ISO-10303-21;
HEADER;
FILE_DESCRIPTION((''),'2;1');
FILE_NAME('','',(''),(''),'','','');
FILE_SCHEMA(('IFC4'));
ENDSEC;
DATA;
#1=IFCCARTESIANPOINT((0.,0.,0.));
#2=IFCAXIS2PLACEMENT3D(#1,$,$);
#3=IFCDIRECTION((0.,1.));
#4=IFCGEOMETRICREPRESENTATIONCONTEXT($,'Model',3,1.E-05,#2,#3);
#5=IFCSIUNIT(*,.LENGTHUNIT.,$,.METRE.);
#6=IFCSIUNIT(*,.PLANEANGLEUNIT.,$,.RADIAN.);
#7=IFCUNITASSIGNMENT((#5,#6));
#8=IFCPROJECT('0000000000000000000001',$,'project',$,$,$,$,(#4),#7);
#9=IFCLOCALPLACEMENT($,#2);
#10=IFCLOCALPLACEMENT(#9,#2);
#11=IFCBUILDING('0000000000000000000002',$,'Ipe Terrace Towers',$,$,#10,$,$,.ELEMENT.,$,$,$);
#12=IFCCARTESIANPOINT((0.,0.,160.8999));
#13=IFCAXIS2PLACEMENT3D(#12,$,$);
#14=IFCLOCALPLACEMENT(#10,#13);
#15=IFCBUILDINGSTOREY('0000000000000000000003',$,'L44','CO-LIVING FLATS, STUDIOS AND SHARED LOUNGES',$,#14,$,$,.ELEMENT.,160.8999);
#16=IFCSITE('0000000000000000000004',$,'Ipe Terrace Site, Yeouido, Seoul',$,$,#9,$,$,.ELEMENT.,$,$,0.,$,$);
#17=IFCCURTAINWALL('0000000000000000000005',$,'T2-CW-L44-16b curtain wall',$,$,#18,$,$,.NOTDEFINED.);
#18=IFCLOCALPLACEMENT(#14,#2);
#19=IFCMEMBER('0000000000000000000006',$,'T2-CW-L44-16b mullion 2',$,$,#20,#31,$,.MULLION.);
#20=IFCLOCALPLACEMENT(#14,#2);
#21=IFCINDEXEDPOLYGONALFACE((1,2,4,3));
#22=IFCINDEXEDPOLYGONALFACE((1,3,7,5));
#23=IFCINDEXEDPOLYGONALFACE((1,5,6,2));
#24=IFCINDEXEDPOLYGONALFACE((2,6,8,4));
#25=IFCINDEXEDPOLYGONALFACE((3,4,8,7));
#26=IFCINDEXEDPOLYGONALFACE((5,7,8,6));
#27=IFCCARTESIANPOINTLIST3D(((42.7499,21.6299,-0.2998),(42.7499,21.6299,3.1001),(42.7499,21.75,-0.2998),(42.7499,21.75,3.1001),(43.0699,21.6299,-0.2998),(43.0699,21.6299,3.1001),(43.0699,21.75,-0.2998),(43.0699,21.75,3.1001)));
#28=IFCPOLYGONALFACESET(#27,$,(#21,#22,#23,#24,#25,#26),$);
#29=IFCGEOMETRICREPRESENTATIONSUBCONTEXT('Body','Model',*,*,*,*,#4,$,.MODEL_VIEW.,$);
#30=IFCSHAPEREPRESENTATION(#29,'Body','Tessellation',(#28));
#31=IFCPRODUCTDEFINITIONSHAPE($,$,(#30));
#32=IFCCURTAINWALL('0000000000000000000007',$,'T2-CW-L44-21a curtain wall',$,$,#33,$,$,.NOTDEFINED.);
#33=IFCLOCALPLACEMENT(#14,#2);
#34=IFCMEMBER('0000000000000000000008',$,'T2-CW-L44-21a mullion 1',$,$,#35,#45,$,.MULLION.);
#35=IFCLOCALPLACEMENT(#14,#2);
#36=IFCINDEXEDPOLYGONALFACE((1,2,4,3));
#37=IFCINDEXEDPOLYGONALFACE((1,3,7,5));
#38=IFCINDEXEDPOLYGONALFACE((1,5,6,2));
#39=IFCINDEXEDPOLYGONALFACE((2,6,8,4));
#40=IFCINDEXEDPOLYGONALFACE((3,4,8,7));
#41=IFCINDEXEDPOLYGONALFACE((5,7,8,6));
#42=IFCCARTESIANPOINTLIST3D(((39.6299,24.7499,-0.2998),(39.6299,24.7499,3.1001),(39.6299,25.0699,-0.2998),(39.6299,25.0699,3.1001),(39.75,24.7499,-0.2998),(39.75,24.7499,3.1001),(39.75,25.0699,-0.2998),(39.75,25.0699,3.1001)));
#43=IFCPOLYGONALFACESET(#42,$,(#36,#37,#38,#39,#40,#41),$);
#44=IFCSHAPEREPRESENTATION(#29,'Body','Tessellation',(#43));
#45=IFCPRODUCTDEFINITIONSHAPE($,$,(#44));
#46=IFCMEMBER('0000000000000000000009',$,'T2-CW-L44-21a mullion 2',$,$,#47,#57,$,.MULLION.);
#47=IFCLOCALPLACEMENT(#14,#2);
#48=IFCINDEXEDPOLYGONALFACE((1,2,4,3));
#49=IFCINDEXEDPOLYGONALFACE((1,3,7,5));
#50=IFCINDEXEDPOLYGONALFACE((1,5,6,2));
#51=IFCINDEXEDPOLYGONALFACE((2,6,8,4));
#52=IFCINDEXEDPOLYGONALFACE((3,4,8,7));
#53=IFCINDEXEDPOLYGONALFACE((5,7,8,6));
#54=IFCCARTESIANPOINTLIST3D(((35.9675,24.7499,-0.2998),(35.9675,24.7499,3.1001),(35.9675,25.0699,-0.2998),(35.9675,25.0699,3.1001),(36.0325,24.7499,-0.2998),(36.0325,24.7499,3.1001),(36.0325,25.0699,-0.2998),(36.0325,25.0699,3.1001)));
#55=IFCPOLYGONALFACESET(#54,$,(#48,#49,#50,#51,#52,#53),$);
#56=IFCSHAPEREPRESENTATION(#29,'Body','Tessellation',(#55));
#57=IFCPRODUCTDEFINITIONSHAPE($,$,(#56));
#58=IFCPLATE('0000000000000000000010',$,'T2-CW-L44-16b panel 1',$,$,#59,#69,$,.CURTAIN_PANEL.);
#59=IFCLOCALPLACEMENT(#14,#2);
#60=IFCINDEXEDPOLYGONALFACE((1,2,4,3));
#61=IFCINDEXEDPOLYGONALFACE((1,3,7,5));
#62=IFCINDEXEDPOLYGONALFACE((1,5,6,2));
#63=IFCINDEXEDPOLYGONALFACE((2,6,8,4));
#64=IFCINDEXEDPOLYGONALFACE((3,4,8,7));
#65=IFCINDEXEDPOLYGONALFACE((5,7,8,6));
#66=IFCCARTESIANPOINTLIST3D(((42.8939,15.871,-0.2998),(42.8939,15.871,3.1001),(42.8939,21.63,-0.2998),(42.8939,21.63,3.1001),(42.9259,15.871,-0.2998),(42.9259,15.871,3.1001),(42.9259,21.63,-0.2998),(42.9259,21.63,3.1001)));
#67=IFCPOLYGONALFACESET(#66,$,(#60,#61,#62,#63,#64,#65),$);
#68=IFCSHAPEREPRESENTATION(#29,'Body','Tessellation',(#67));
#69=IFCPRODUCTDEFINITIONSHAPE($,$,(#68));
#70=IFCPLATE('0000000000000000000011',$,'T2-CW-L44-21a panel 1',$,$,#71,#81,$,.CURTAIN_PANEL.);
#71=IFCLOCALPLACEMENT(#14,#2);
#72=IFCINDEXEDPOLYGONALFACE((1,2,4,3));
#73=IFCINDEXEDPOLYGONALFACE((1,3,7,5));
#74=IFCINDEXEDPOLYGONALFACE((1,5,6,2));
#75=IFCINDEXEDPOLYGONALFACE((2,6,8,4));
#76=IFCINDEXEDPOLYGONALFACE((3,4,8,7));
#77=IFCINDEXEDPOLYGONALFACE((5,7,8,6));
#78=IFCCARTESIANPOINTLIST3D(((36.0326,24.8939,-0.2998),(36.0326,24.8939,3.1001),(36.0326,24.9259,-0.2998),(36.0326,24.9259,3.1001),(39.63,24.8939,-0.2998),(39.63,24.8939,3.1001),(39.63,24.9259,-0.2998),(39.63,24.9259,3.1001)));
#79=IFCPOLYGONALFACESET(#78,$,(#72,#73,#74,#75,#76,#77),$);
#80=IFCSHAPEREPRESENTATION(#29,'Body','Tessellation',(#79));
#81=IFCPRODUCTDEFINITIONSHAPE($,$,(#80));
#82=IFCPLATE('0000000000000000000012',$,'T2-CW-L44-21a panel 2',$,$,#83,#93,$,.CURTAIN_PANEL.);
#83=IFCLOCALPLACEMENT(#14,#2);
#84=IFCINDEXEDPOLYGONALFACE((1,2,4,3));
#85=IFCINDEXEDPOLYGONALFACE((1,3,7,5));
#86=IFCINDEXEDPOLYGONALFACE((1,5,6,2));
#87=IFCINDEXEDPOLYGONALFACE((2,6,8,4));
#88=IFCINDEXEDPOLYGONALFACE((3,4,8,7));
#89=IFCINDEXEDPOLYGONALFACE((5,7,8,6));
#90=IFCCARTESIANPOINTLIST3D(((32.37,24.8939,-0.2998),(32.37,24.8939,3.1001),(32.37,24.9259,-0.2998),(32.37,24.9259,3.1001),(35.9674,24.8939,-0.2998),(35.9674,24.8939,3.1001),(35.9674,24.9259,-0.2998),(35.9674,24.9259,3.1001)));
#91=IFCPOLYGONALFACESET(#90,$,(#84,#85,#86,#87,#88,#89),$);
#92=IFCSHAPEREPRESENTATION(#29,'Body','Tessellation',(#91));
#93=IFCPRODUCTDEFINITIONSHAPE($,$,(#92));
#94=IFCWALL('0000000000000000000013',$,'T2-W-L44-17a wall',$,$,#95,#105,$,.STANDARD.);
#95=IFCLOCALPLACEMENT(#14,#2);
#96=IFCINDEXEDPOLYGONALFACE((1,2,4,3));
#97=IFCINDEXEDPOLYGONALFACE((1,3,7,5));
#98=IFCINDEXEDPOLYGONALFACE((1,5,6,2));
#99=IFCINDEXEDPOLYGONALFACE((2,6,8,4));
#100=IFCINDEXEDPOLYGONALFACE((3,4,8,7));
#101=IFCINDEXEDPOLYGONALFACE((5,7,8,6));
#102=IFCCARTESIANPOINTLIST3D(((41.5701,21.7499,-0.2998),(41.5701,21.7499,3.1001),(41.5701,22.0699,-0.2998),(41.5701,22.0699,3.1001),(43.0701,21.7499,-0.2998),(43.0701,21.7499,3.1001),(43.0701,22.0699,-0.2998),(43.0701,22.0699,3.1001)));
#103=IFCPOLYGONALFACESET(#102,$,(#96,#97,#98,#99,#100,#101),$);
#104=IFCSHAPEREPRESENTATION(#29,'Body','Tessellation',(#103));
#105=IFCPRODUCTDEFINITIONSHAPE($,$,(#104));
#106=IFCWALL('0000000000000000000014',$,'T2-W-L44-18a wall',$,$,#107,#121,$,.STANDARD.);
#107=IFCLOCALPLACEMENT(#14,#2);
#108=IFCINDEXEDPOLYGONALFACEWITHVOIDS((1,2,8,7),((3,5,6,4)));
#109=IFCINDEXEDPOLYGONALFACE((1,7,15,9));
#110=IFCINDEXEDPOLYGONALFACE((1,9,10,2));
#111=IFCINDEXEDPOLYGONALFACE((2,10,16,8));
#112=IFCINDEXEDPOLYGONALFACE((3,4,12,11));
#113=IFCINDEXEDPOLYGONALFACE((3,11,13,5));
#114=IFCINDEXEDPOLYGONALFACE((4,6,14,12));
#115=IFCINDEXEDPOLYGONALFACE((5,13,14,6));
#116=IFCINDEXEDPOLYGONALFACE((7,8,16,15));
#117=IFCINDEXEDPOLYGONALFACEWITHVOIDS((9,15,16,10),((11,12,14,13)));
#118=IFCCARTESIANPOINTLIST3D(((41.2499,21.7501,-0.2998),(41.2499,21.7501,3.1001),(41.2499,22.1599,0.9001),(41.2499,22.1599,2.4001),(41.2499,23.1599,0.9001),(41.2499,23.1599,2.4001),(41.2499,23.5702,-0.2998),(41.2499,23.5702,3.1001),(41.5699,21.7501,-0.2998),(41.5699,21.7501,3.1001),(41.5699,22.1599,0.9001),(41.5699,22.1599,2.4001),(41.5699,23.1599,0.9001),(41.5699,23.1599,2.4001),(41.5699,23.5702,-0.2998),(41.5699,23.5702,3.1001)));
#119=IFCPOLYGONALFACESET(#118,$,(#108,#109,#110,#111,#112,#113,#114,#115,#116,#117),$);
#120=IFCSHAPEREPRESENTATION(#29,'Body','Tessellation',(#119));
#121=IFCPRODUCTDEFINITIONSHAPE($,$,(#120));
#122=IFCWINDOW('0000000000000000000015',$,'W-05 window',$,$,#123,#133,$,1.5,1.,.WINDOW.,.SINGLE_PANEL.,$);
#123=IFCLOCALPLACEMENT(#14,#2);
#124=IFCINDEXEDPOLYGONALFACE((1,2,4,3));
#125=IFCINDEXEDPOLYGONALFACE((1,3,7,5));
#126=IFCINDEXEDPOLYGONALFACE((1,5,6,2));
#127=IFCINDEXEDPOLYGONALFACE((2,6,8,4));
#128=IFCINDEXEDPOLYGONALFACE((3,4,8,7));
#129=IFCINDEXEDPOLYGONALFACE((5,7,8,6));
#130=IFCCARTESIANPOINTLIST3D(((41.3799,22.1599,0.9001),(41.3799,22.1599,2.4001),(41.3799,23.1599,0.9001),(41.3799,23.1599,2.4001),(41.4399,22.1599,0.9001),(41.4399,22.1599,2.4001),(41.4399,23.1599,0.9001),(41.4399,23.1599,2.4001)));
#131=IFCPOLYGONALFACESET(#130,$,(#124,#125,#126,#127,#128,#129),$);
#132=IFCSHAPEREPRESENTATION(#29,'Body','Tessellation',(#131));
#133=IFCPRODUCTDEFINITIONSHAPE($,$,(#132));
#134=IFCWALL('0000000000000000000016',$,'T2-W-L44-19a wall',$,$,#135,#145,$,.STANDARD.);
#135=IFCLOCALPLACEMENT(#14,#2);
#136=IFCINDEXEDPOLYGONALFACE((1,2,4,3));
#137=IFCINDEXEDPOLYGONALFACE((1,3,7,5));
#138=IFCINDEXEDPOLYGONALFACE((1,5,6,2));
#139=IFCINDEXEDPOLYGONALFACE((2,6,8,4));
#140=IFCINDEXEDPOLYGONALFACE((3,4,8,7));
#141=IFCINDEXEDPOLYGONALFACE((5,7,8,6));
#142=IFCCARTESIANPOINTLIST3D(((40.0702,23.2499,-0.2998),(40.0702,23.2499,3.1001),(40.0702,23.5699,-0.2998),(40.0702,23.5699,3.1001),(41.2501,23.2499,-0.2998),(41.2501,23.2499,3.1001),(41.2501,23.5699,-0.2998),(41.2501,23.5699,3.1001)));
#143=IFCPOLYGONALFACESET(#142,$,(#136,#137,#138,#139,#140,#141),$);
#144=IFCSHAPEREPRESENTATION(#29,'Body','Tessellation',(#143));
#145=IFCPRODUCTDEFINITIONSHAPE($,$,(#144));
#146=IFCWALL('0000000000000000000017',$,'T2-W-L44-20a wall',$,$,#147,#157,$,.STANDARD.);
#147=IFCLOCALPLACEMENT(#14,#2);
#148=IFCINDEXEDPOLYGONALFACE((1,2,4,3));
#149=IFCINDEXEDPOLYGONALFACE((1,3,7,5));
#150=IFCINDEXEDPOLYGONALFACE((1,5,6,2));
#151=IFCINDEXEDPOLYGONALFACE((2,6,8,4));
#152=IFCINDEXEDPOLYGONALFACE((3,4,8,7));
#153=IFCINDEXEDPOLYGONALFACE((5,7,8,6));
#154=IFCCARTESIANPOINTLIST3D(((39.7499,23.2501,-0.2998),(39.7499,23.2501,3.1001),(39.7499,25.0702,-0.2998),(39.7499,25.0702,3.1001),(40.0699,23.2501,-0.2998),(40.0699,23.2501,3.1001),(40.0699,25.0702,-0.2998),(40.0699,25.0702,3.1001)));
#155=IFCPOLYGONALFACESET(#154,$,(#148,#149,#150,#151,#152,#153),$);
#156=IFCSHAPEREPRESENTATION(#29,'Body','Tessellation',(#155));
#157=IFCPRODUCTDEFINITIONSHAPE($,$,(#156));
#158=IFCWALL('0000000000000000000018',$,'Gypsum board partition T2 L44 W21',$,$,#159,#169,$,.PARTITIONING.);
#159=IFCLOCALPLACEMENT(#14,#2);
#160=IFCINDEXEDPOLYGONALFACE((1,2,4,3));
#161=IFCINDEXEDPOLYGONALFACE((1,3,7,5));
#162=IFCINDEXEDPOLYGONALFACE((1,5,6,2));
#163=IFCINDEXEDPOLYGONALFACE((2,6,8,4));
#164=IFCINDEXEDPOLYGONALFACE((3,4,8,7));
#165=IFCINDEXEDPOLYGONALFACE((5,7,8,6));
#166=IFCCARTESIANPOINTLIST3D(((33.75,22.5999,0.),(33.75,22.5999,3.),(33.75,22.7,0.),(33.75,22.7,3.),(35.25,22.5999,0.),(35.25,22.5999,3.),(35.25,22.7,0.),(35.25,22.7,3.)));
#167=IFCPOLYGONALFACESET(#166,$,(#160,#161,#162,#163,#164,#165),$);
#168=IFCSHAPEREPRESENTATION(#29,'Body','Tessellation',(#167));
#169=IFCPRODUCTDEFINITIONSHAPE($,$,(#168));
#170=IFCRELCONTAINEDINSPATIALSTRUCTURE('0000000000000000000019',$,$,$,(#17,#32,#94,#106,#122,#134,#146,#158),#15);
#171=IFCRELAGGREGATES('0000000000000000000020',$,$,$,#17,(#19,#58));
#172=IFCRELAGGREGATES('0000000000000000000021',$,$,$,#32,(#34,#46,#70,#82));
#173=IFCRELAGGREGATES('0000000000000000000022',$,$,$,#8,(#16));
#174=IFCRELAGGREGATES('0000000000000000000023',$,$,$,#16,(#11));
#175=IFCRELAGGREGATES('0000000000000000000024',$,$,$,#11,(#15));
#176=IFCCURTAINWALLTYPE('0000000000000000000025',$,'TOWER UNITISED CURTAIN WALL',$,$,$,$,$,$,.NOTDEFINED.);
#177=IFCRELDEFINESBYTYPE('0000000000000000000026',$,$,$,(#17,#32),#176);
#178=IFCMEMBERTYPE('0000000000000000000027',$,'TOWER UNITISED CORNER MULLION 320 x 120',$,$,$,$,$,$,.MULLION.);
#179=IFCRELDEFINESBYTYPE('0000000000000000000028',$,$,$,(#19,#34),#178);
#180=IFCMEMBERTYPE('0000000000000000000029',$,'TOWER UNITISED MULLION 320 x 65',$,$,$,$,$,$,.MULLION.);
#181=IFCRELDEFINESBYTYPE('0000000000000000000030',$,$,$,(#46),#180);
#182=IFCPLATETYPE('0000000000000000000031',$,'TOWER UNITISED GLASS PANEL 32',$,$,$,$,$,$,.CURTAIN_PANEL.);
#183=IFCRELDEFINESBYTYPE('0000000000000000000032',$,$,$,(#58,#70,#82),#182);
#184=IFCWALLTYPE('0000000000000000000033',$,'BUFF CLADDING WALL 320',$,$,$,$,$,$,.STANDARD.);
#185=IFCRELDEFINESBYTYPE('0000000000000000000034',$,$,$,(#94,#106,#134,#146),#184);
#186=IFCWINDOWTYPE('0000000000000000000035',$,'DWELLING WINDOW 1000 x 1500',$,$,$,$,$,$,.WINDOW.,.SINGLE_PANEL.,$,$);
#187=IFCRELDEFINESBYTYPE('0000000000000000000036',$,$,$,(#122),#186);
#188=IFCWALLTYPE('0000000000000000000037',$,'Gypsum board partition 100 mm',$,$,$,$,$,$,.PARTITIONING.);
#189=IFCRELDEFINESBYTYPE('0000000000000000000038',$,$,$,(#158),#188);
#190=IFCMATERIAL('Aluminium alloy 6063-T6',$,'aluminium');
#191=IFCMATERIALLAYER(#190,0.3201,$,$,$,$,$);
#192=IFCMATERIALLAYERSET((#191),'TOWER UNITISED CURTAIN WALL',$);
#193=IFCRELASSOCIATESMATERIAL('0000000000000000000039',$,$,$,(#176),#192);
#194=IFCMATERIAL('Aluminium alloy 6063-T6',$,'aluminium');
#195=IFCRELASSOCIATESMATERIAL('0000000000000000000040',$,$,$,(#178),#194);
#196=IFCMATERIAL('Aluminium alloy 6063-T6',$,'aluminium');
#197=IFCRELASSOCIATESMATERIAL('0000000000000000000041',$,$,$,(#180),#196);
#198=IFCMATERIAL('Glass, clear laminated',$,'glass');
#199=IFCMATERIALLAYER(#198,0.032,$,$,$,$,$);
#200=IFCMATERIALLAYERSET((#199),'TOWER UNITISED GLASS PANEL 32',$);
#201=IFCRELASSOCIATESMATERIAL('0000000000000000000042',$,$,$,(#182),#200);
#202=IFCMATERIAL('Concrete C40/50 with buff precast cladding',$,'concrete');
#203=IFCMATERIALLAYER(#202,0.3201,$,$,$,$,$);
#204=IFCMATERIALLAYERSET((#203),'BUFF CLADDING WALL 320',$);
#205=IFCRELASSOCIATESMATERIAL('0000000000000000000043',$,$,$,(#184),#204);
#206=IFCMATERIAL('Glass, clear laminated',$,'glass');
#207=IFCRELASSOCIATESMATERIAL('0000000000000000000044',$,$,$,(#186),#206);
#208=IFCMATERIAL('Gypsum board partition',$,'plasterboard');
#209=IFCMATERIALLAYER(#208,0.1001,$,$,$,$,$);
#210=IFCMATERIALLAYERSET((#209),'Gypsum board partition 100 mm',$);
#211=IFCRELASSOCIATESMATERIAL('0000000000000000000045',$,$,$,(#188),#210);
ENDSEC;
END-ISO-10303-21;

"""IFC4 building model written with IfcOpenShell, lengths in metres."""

from ifc_helpers import new_model, si_unit, direction, frame, frame_2d, origin, origin_2d, place, context, subcontext, project, spatial, rectangle, extrude, material, layer, layer_set, material_profile, profile_set, type_object, element, fill, aggregate, save


model = new_model("IFC4")

# Units and contexts
model_context = context("Model", 3, precision=1e-05, world=origin(), true_north=direction((0.0, 1.0)))
body_context = subcontext(model_context, "Body", "Model", "MODEL_VIEW")
ifc_project = project(units=[si_unit("LENGTHUNIT", "METRE"), si_unit("PLANEANGLEUNIT", "RADIAN")], contexts=[model_context])

# Site, building, storey
site_placement = place(None, origin())
site = spatial("IfcSite", under=ifc_project, at=site_placement, Name="Ipe Terrace Site, Yeouido, Seoul", CompositionType="ELEMENT", RefElevation=0.0)
building_placement = place(site_placement, origin())
building = spatial("IfcBuilding", under=site, at=building_placement, Name="Ipe Terrace Towers", CompositionType="ELEMENT")
storey_placement = place(building_placement, frame((0.0, 0.0, 160.8999)))
storey = spatial("IfcBuildingStorey", under=building, at=storey_placement, Name="L44", Description="CO-LIVING FLATS, STUDIOS AND SHARED LOUNGES", CompositionType="ELEMENT", Elevation=160.8999)

# Curtain walls, members
ifc_material_1 = material(Name="Aluminium alloy 6063-T6", Category="aluminium")
ifc_layer_1 = layer(ifc_material_1, 0.3201)
ifc_layer_set_1 = layer_set([ifc_layer_1], Name="TOWER UNITISED CURTAIN WALL")
curtain_wall_type = type_object("IfcCurtainWallType", Name="TOWER UNITISED CURTAIN WALL", PredefinedType="NOTDEFINED", material=ifc_layer_set_1)
curtain_wall_1_placement = place(storey_placement, origin())
curtain_wall_1 = element("IfcCurtainWall", 1, at=curtain_wall_1_placement, inside=storey, type_object=curtain_wall_type, Name="T2-CW-L44-16b curtain wall", PredefinedType="NOTDEFINED")
ifc_material_2 = material(Name="Aluminium alloy 6063-T6", Category="aluminium")
ifc_material_profile_1 = material_profile(ifc_material_2, rectangle(XDim=0.3201, YDim=0.1201, at=origin_2d()), Name="TOWER UNITISED CORNER MULLION 320 x 120")
ifc_profile_set_1 = profile_set([ifc_material_profile_1], Name="Aluminium alloy 6063-T6")
member_type_1 = type_object("IfcMemberType", Name="TOWER UNITISED CORNER MULLION 320 x 120", PredefinedType="MULLION", material=ifc_profile_set_1)
member_1_placement = place(storey_placement, frame((42.9099, 21.6899, -0.2998), z_axis=(0.0, 0.0, 1.0), x_axis=(1.0, 0.0, 0.0)))
member_1 = element("IfcMember", 2, at=member_1_placement, type_object=member_type_1, Name="T2-CW-L44-16b mullion 2", PredefinedType="MULLION", context=body_context, shape_type="SweptSolid", body=[
    extrude(rectangle(XDim=0.3201, YDim=0.1201, at=origin_2d()), origin(), (0.0, 0.0, 1.0), 3.3999),
])
curtain_wall_2_placement = place(storey_placement, origin())
curtain_wall_2 = element("IfcCurtainWall", 3, at=curtain_wall_2_placement, inside=storey, type_object=curtain_wall_type, Name="T2-CW-L44-21a curtain wall", PredefinedType="NOTDEFINED")
member_2_placement = place(storey_placement, frame((39.6899, 24.9099, -0.2998), z_axis=(0.0, 0.0, 1.0), x_axis=(0.0, 1.0, 0.0)))
member_2 = element("IfcMember", 4, at=member_2_placement, type_object=member_type_1, Name="T2-CW-L44-21a mullion 1", PredefinedType="MULLION", context=body_context, shape_type="SweptSolid", body=[
    extrude(rectangle(XDim=0.3201, YDim=0.1201, at=origin_2d()), origin(), (0.0, 0.0, 1.0), 3.3999),
])
ifc_material_3 = material(Name="Aluminium alloy 6063-T6", Category="aluminium")
ifc_material_profile_2 = material_profile(ifc_material_3, rectangle(XDim=0.3201, YDim=0.0649, at=origin_2d()), Name="TOWER UNITISED MULLION 320 x 65")
ifc_profile_set_2 = profile_set([ifc_material_profile_2], Name="Aluminium alloy 6063-T6")
member_type_2 = type_object("IfcMemberType", Name="TOWER UNITISED MULLION 320 x 65", PredefinedType="MULLION", material=ifc_profile_set_2)
member_3_placement = place(storey_placement, frame((36.0, 24.9099, -0.2998), z_axis=(0.0, 0.0, 1.0), x_axis=(0.0, 1.0, 0.0)))
member_3 = element("IfcMember", 5, at=member_3_placement, type_object=member_type_2, Name="T2-CW-L44-21a mullion 2", PredefinedType="MULLION", context=body_context, shape_type="SweptSolid", body=[
    extrude(rectangle(XDim=0.3201, YDim=0.0649, at=origin_2d()), origin(), (0.0, 0.0, 1.0), 3.3999),
])

# Plates
ifc_material_4 = material(Name="Glass, clear laminated", Category="glass")
ifc_layer_2 = layer(ifc_material_4, 0.032)
ifc_layer_set_2 = layer_set([ifc_layer_2], Name="TOWER UNITISED GLASS PANEL 32")
plate_type = type_object("IfcPlateType", Name="TOWER UNITISED GLASS PANEL 32", PredefinedType="CURTAIN_PANEL", material=ifc_layer_set_2)
plate_1_placement = place(storey_placement, frame((42.9099, 18.7505, -0.2998), z_axis=(0.0, 0.0, 1.0), x_axis=(0.0, 1.0, 0.0)))
plate_1 = element("IfcPlate", 6, at=plate_1_placement, type_object=plate_type, Name="T2-CW-L44-16b panel 1", PredefinedType="CURTAIN_PANEL", context=body_context, shape_type="SweptSolid", body=[
    extrude(rectangle(XDim=5.759, YDim=0.032, at=origin_2d()), origin(), (0.0, 0.0, 1.0), 3.3999),
])
aggregate(curtain_wall_1, [member_1, plate_1])
plate_2_placement = place(storey_placement, frame((37.8313, 24.9099, -0.2998), z_axis=(0.0, 0.0, 1.0), x_axis=(-1.0, 0.0, 0.0)))
plate_2 = element("IfcPlate", 7, at=plate_2_placement, type_object=plate_type, Name="T2-CW-L44-21a panel 1", PredefinedType="CURTAIN_PANEL", context=body_context, shape_type="SweptSolid", body=[
    extrude(rectangle(XDim=3.5974, YDim=0.032, at=origin_2d()), origin(), (0.0, 0.0, 1.0), 3.3999),
])
plate_3_placement = place(storey_placement, frame((34.1687, 24.9099, -0.2998), z_axis=(0.0, 0.0, 1.0), x_axis=(-1.0, 0.0, 0.0)))
plate_3 = element("IfcPlate", 8, at=plate_3_placement, type_object=plate_type, Name="T2-CW-L44-21a panel 2", PredefinedType="CURTAIN_PANEL", context=body_context, shape_type="SweptSolid", body=[
    extrude(rectangle(XDim=3.5974, YDim=0.032, at=origin_2d()), origin(), (0.0, 0.0, 1.0), 3.3999),
])
aggregate(curtain_wall_2, [member_2, member_3, plate_2, plate_3])

# Wall
ifc_material_5 = material(Name="Concrete C40/50 with buff precast cladding", Category="concrete")
ifc_layer_3 = layer(ifc_material_5, 0.3201)
ifc_layer_set_3 = layer_set([ifc_layer_3], Name="BUFF CLADDING WALL 320")
wall_type_1 = type_object("IfcWallType", Name="BUFF CLADDING WALL 320", PredefinedType="STANDARD", material=ifc_layer_set_3)
wall_1_placement = place(storey_placement, frame((43.0701, 21.9099, -0.2998), z_axis=(0.0, 0.0, 1.0), x_axis=(-1.0, 0.0, 0.0)))
element("IfcWall", 9, at=wall_1_placement, inside=storey, type_object=wall_type_1, Name="T2-W-L44-17a wall", PredefinedType="STANDARD", context=body_context, shape_type="SweptSolid", body=[
    extrude(rectangle(XDim=1.5, YDim=0.3201, at=frame_2d((0.75, 0.0))), origin(), (0.0, 0.0, 1.0), 3.3999),
])

# Wall, opening, window
wall_2_placement = place(storey_placement, frame((41.4099, 21.75, -0.2998), z_axis=(0.0, 0.0, 1.0), x_axis=(0.0, 1.0, 0.0)))
wall_2 = element("IfcWall", 10, at=wall_2_placement, inside=storey, type_object=wall_type_1, Name="T2-W-L44-18a wall", PredefinedType="STANDARD", context=body_context, shape_type="SweptSolid", body=[
    extrude(rectangle(XDim=1.8201, YDim=0.3201, at=frame_2d((0.9102, 0.0))), origin(), (0.0, 0.0, 1.0), 3.3999),
])
opening_1_placement = place(wall_2_placement, frame((0.4099, 0.0, 1.2)))
opening_1 = element("IfcOpeningElement", 11, at=opening_1_placement, cuts=wall_2, PredefinedType="OPENING", context=body_context, shape_type="SweptSolid", body=[
    extrude(rectangle(XDim=1.0, YDim=1.5, at=frame_2d((0.5, 0.75))), frame((0.0, 0.1699, 0.0), z_axis=(0.0, -1.0, 0.0), x_axis=(1.0, 0.0, 0.0)), (0.0, 0.0, 1.0), 0.3401),
])
ifc_material_6 = material(Name="Glass, clear laminated", Category="glass")
window_type = type_object("IfcWindowType", Name="DWELLING WINDOW 1000 x 1500", PartitioningType="SINGLE_PANEL", PredefinedType="WINDOW", material=ifc_material_6)
window_placement = place(opening_1_placement, origin())
window = element("IfcWindow", 12, at=window_placement, inside=storey, type_object=window_type, Name="W-05 window", OverallHeight=1.5, OverallWidth=1.0, PartitioningType="SINGLE_PANEL", PredefinedType="WINDOW", context=body_context, shape_type="SweptSolid", body=[
    extrude(rectangle(XDim=1.0, YDim=1.5, at=frame_2d((0.5, 0.75))), frame((0.0, 0.03, 0.0), z_axis=(0.0, -1.0, 0.0), x_axis=(1.0, 0.0, 0.0)), (0.0, 0.0, 1.0), 0.0601),
])
fill(opening_1, window)

# Walls
wall_3_placement = place(storey_placement, frame((41.25, 23.4099, -0.2998), z_axis=(0.0, 0.0, 1.0), x_axis=(-1.0, 0.0, 0.0)))
element("IfcWall", 13, at=wall_3_placement, inside=storey, type_object=wall_type_1, Name="T2-W-L44-19a wall", PredefinedType="STANDARD", context=body_context, shape_type="SweptSolid", body=[
    extrude(rectangle(XDim=1.1799, YDim=0.3201, at=frame_2d((0.5898, 0.0))), origin(), (0.0, 0.0, 1.0), 3.3999),
])
wall_4_placement = place(storey_placement, frame((39.9099, 23.25, -0.2998), z_axis=(0.0, 0.0, 1.0), x_axis=(0.0, 1.0, 0.0)))
element("IfcWall", 14, at=wall_4_placement, inside=storey, type_object=wall_type_1, Name="T2-W-L44-20a wall", PredefinedType="STANDARD", context=body_context, shape_type="SweptSolid", body=[
    extrude(rectangle(XDim=1.8201, YDim=0.3201, at=frame_2d((0.9102, 0.0))), origin(), (0.0, 0.0, 1.0), 3.3999),
])
ifc_material_7 = material(Name="Gypsum board partition", Category="plasterboard")
ifc_layer_4 = layer(ifc_material_7, 0.1001)
ifc_layer_set_4 = layer_set([ifc_layer_4], Name="Gypsum board partition 100 mm")
wall_type_2 = type_object("IfcWallType", Name="Gypsum board partition 100 mm", PredefinedType="PARTITIONING", material=ifc_layer_set_4)
wall_5_placement = place(storey_placement, frame((35.25, 22.6499, 0.0), z_axis=(0.0, 0.0, 1.0), x_axis=(-1.0, 0.0, 0.0)))
element("IfcWall", 15, at=wall_5_placement, inside=storey, type_object=wall_type_2, Name="Gypsum board partition T2 L44 W21", PredefinedType="PARTITIONING", context=body_context, shape_type="SweptSolid", body=[
    extrude(rectangle(XDim=1.5, YDim=0.1001, at=frame_2d((0.75, 0.0))), origin(), (0.0, 0.0, 1.0), 3.0),
])

save(model, "model.ifc")
